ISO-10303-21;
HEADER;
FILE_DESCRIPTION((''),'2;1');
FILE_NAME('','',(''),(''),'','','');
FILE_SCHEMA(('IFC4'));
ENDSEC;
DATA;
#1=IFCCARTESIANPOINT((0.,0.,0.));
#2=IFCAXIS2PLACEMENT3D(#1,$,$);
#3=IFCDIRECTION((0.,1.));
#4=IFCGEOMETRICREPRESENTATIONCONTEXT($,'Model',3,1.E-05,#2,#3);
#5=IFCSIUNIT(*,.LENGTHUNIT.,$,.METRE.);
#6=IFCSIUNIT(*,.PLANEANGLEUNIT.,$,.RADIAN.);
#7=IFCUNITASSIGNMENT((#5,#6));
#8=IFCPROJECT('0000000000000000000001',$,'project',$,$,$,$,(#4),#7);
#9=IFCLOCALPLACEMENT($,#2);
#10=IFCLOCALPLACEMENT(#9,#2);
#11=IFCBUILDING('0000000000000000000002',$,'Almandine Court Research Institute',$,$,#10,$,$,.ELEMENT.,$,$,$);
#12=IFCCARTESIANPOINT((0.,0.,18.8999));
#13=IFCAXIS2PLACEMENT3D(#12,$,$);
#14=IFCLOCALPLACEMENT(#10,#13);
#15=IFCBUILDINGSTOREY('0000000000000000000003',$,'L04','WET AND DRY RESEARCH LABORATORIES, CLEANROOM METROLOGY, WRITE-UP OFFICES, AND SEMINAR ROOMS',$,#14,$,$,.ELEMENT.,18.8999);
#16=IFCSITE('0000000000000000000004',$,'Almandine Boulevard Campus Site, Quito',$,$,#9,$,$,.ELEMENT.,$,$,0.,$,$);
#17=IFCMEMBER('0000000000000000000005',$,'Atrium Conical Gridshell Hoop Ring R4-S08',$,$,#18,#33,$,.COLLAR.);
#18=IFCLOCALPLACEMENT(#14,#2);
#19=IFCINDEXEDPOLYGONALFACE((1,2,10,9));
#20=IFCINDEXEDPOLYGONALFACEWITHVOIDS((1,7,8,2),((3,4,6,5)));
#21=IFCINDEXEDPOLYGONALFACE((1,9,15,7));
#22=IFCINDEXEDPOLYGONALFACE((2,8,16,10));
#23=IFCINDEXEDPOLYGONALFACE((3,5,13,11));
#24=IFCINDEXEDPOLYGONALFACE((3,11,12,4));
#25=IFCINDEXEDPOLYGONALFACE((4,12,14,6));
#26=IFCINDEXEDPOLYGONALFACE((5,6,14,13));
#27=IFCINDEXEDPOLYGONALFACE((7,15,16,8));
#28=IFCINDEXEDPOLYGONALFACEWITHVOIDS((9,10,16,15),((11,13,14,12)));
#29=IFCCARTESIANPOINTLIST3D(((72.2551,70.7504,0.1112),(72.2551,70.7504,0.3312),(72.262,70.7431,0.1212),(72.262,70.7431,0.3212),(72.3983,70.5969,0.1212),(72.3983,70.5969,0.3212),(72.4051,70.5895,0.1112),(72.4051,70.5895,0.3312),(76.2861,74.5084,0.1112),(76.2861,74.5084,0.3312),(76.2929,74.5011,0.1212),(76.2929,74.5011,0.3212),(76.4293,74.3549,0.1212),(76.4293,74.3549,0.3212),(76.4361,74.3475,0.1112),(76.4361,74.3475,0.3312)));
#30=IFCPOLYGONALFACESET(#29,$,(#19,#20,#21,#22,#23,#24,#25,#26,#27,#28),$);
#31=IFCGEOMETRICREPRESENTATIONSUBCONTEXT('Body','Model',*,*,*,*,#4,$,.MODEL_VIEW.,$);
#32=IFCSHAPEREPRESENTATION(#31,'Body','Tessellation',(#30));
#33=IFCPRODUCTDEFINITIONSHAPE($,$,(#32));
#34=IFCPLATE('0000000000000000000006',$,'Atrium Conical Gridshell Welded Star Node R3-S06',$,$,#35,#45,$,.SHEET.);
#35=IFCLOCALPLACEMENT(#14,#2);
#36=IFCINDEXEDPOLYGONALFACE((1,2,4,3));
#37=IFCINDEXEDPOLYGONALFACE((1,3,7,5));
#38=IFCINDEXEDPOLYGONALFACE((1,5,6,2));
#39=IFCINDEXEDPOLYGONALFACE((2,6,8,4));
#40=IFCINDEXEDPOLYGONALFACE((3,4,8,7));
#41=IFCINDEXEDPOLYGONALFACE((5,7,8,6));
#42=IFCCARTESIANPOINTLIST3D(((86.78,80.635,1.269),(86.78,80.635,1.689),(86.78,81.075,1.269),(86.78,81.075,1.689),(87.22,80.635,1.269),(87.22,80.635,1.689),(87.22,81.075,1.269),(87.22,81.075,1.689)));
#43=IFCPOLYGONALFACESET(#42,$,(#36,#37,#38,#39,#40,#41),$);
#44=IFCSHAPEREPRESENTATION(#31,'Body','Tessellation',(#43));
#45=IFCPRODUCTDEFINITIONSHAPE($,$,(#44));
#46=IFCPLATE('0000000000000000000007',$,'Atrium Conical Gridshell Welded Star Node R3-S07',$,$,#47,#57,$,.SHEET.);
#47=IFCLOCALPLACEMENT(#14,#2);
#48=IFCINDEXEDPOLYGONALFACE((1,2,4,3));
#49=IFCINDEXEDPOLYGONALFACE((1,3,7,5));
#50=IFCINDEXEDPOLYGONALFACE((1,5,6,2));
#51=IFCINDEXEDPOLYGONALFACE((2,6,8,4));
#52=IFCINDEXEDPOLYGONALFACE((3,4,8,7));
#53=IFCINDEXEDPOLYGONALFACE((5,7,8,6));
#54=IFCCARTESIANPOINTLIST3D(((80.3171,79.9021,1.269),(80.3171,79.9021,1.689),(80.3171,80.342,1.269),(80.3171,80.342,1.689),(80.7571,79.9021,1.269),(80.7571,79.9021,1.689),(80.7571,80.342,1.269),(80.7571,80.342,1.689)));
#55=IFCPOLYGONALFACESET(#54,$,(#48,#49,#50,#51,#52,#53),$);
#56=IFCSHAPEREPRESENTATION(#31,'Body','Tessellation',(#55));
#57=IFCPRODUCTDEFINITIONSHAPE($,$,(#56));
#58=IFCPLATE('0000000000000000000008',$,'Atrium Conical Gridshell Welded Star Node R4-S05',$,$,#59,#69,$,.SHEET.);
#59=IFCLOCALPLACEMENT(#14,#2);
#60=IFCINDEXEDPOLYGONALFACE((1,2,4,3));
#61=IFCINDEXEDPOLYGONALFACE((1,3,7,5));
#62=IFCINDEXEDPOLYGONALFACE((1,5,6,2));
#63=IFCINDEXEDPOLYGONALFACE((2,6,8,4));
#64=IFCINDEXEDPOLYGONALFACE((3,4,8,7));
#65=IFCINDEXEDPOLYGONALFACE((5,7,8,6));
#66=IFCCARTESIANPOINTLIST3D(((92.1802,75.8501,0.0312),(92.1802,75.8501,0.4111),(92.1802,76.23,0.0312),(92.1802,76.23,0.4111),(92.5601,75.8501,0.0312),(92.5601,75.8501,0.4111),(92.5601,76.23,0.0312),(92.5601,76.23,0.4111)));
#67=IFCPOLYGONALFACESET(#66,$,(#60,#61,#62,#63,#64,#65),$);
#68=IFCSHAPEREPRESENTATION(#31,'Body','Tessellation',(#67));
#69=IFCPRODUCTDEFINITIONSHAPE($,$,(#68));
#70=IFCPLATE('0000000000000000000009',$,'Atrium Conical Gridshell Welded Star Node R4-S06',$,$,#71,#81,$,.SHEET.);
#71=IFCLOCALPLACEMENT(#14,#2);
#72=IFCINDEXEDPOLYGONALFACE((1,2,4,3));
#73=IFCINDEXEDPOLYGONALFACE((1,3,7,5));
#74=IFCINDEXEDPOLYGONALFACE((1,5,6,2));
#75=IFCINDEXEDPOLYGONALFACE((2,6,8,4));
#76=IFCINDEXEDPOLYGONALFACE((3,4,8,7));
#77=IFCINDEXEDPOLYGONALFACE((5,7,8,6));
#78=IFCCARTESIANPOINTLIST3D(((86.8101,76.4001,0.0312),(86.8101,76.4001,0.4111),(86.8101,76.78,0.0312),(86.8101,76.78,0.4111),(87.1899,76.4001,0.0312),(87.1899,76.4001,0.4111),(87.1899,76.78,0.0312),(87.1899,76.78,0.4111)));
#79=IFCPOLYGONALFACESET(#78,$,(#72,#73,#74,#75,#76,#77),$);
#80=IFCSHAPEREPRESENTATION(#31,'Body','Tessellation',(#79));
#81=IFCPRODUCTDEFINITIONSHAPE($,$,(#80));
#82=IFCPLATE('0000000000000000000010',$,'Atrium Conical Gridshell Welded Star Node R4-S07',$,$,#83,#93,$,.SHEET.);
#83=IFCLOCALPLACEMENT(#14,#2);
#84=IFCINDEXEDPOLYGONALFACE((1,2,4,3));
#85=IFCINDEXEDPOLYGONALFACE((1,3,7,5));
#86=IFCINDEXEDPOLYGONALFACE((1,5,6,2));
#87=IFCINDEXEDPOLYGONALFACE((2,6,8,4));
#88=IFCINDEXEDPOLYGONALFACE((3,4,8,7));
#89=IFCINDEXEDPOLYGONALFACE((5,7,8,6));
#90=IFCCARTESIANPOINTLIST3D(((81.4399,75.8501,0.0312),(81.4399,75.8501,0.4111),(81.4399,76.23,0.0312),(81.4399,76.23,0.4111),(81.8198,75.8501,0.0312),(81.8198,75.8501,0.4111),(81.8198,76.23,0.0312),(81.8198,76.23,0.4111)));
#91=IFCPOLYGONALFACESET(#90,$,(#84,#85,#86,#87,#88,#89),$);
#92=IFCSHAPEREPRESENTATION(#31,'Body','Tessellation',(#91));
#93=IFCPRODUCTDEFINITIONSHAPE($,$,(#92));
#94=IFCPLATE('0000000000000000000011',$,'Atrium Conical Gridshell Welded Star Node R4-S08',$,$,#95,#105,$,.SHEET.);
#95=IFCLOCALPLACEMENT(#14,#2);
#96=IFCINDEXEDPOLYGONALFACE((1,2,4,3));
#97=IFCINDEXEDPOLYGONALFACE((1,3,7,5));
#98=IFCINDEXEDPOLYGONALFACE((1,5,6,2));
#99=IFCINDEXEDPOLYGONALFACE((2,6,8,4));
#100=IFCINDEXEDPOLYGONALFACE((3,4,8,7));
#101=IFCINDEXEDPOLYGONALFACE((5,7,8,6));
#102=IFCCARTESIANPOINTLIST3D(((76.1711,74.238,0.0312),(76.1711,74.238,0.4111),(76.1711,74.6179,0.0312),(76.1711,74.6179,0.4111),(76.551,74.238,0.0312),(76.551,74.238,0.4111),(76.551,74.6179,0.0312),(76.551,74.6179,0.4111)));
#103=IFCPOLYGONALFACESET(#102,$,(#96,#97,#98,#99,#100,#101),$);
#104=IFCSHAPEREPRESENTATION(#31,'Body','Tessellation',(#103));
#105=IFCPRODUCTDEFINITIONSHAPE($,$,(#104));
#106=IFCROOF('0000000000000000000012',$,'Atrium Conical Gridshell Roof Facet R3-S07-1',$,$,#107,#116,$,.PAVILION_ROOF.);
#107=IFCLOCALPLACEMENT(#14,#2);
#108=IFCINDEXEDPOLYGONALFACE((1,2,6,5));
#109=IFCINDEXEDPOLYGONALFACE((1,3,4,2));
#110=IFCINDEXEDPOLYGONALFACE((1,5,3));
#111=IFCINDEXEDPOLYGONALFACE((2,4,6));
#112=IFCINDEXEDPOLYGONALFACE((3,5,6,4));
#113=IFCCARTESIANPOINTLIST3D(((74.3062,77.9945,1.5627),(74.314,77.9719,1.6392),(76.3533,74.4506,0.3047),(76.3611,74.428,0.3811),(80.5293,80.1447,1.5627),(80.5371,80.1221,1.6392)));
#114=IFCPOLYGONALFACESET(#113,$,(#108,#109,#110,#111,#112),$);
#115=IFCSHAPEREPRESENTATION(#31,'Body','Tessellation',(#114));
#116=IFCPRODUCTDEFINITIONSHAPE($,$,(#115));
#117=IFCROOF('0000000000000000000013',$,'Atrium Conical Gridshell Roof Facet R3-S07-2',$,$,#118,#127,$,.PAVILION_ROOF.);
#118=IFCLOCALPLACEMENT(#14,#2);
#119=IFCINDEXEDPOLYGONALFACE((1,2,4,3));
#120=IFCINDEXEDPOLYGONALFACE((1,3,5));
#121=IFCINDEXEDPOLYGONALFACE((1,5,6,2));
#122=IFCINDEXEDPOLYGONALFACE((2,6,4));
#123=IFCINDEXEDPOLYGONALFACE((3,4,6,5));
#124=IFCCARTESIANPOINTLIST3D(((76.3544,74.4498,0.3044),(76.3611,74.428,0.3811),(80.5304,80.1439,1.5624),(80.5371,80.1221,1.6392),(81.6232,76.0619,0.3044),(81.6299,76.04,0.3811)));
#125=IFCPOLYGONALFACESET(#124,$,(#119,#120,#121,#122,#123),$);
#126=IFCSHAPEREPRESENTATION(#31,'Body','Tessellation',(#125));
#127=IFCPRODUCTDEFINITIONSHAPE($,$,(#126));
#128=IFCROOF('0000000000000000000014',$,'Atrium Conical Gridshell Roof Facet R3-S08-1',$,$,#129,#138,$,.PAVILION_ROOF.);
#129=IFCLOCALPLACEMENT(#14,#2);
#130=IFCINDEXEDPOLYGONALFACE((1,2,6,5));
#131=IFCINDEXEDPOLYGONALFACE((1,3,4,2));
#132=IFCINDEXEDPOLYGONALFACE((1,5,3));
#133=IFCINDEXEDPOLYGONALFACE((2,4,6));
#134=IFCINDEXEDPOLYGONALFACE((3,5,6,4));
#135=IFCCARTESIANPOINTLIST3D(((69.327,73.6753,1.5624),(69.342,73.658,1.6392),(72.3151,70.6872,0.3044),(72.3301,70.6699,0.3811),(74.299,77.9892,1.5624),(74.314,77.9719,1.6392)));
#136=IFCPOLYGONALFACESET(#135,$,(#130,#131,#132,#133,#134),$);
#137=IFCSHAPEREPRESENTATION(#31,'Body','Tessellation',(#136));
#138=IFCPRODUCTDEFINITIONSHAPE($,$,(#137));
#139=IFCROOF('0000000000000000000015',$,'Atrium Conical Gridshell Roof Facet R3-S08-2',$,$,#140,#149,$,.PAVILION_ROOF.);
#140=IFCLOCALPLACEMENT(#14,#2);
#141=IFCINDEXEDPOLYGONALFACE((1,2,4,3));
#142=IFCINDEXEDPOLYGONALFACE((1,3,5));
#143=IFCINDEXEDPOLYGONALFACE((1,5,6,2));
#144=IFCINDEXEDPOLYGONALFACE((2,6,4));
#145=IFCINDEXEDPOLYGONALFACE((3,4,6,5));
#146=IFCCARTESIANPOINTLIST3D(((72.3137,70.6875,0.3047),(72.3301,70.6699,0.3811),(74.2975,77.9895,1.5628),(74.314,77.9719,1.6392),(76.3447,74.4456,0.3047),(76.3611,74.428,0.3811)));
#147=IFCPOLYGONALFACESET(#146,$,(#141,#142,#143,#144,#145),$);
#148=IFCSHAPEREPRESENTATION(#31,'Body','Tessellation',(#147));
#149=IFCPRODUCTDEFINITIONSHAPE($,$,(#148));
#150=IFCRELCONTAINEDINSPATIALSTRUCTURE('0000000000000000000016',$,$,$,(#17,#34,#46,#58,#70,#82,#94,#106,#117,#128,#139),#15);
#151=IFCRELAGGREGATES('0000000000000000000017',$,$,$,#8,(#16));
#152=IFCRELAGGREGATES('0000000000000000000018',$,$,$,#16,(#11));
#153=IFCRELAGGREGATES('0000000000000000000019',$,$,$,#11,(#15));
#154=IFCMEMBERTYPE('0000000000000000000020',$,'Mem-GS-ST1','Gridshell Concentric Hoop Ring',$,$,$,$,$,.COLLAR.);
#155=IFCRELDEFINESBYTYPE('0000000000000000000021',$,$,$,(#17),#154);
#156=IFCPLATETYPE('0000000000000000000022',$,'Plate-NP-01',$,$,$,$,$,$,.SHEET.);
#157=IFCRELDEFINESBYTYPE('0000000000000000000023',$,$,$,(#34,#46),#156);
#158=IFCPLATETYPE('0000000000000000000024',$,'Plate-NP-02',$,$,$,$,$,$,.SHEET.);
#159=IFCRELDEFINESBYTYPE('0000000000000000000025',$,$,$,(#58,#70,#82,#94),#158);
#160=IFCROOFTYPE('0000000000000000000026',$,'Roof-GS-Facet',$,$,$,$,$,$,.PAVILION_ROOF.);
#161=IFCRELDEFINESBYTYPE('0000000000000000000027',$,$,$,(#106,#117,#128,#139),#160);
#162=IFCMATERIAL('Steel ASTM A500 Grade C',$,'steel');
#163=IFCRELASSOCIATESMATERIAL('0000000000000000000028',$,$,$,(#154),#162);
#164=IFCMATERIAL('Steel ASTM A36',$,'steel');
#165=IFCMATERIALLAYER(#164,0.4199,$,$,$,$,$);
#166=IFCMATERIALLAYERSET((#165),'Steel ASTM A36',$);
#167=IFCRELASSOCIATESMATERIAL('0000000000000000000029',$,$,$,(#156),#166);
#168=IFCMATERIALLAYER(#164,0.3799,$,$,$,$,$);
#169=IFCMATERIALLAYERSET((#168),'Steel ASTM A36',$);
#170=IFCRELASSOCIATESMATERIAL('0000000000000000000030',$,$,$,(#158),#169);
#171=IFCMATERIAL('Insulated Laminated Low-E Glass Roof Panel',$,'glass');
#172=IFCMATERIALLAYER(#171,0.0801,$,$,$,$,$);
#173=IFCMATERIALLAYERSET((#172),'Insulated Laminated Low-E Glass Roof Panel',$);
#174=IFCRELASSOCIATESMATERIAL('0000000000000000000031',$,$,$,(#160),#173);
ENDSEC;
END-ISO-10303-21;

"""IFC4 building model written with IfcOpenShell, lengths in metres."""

from ifc_helpers import new_model, si_unit, direction, frame, origin, origin_2d, place, context, subcontext, project, spatial, polyline, rectangle, hollow_rectangle, outline, extrude, material, layer, layer_set, material_profile, profile_set, type_object, element, save


model = new_model("IFC4")

# Units and contexts
model_context = context("Model", 3, precision=1e-05, world=origin(), true_north=direction((0.0, 1.0)))
body_context = subcontext(model_context, "Body", "Model", "MODEL_VIEW")
ifc_project = project(units=[si_unit("LENGTHUNIT", "METRE"), si_unit("PLANEANGLEUNIT", "RADIAN")], contexts=[model_context])

# Site, building, storey
site_placement = place(None, origin())
site = spatial("IfcSite", under=ifc_project, at=site_placement, Name="Almandine Boulevard Campus Site, Quito", CompositionType="ELEMENT", RefElevation=0.0)
building_placement = place(site_placement, origin())
building = spatial("IfcBuilding", under=site, at=building_placement, Name="Almandine Court Research Institute", CompositionType="ELEMENT")
storey_placement = place(building_placement, frame((0.0, 0.0, 18.8999)))
storey = spatial("IfcBuildingStorey", under=building, at=storey_placement, Name="L04", Description="WET AND DRY RESEARCH LABORATORIES, CLEANROOM METROLOGY, WRITE-UP OFFICES, AND SEMINAR ROOMS", CompositionType="ELEMENT", Elevation=18.8999)

# Member
ifc_material_1 = material(Name="Steel ASTM A500 Grade C", Category="steel")
ifc_material_profile_1 = material_profile(ifc_material_1, hollow_rectangle(XDim=0.22, YDim=0.22, WallThickness=0.01, at=origin_2d()), Name="HSS 220x220x10")
ifc_profile_set_1 = profile_set([ifc_material_profile_1], Name="Steel ASTM A500 Grade C")
member_type_1 = type_object("IfcMemberType", Name="Mem-GS-ST1", Description="Gridshell Concentric Hoop Ring", PredefinedType="COLLAR", material=ifc_profile_set_1)
member_1_placement = place(storey_placement, frame((76.3611, 74.428, 0.2212), z_axis=(-0.731437, -0.681909, 0.0), x_axis=(0.681909, -0.731437, 0.0)))
element("IfcMember", 1, at=member_1_placement, inside=storey, type_object=member_type_1, Name="Atrium Conical Gridshell Hoop Ring R4-S08", PredefinedType="COLLAR", context=body_context, shape_type="SweptSolid", body=[
    extrude(hollow_rectangle(XDim=0.22, YDim=0.22, WallThickness=0.01, at=origin_2d()), origin(), (0.0, 0.0, 1.0), 5.511),
])

# Plates
ifc_material_2 = material(Name="Steel ASTM A36", Category="steel")
ifc_layer_1 = layer(ifc_material_2, 0.4199)
ifc_layer_set_1 = layer_set([ifc_layer_1], Name="Steel ASTM A36")
plate_type_1 = type_object("IfcPlateType", Name="Plate-NP-01", PredefinedType="SHEET", material=ifc_layer_set_1)
for number, where, z_axis, x_axis, name in (
    (2, (87.0, 80.855, 1.269), (0.0, 0.0, 1.0), (1.0, 0.0, 0.0), "Atrium Conical Gridshell Welded Star Node R3-S06"),
    (3, (80.5371, 80.1221, 1.269), (0.0, 0.0, 1.0), (1.0, 0.0, 0.0), "Atrium Conical Gridshell Welded Star Node R3-S07"),
):
    element("IfcPlate", number, at=place(storey_placement, frame(where, z_axis=z_axis, x_axis=x_axis)), inside=storey, type_object=plate_type_1, Name=name, PredefinedType="SHEET", context=body_context, shape_type="SweptSolid", body=[
        extrude(rectangle(XDim=0.4399, YDim=0.4399, at=origin_2d()), origin(), (0.0, 0.0, 1.0), 0.4199),
    ])
ifc_layer_2 = layer(ifc_material_2, 0.3799)
ifc_layer_set_2 = layer_set([ifc_layer_2], Name="Steel ASTM A36")
plate_type_2 = type_object("IfcPlateType", Name="Plate-NP-02", PredefinedType="SHEET", material=ifc_layer_set_2)
for number, where, z_axis, x_axis, name in (
    (4, (92.3701, 76.04, 0.0312), (0.0, 0.0, 1.0), (1.0, 0.0, 0.0), "Atrium Conical Gridshell Welded Star Node R4-S05"),
    (5, (87.0, 76.5901, 0.0312), (0.0, 0.0, 1.0), (1.0, 0.0, 0.0), "Atrium Conical Gridshell Welded Star Node R4-S06"),
    (6, (81.6299, 76.04, 0.0312), (0.0, 0.0, 1.0), (1.0, 0.0, 0.0), "Atrium Conical Gridshell Welded Star Node R4-S07"),
    (7, (76.3611, 74.428, 0.0312), (0.0, 0.0, 1.0), (1.0, 0.0, 0.0), "Atrium Conical Gridshell Welded Star Node R4-S08"),
):
    element("IfcPlate", number, at=place(storey_placement, frame(where, z_axis=z_axis, x_axis=x_axis)), inside=storey, type_object=plate_type_2, Name=name, PredefinedType="SHEET", context=body_context, shape_type="SweptSolid", body=[
        extrude(rectangle(XDim=0.3799, YDim=0.3799, at=origin_2d()), origin(), (0.0, 0.0, 1.0), 0.3799),
    ])

# Roofs
ifc_material_3 = material(Name="Insulated Laminated Low-E Glass Roof Panel", Category="glass")
ifc_layer_3 = layer(ifc_material_3, 0.0801)
ifc_layer_set_3 = layer_set([ifc_layer_3], Name="Insulated Laminated Low-E Glass Roof Panel")
roof_type = type_object("IfcRoofType", Name="Roof-GS-Facet", PredefinedType="PAVILION_ROOF", material=ifc_layer_set_3)
roof_1_placement = place(storey_placement, frame((80.5371, 80.1221, 1.6392), z_axis=(0.097574, -0.282409, 0.954319), x_axis=(-0.945175, -0.326565, 0.0)))
element("IfcRoof", 8, at=roof_1_placement, inside=storey, type_object=roof_type, Name="Atrium Conical Gridshell Roof Facet R3-S07-1", PredefinedType="PAVILION_ROOF", context=body_context, shape_type="SweptSolid", body=[
    extrude(outline(polyline([(0.0, 0.0), (6.5841, 0.0), (5.8066, 4.2105), (0.0, 0.0)])), origin(), (0.0, 0.0, -1.0), 0.0801),
])
roof_2_placement = place(storey_placement, frame((80.5371, 80.1221, 1.6392), z_axis=(0.08353, -0.273005, 0.958379), x_axis=(-0.582228, -0.79388, -0.1754)))
element("IfcRoof", 9, at=roof_2_placement, inside=storey, type_object=roof_type, Name="Atrium Conical Gridshell Roof Facet R3-S07-2", PredefinedType="PAVILION_ROOF", context=body_context, shape_type="SweptSolid", body=[
    extrude(outline(polyline([(0.0, 0.0), (7.1725, 0.0), (2.8251, 3.3851), (0.0, 0.0)])), origin(), (0.0, 0.0, -1.0), 0.0801),
])
roof_3_placement = place(storey_placement, frame((74.314, 77.9719, 1.6392), z_axis=(0.187429, -0.216016, 0.958231), x_axis=(-0.755316, -0.655361, 0.0)))
element("IfcRoof", 10, at=roof_3_placement, inside=storey, type_object=roof_type, Name="Atrium Conical Gridshell Roof Facet R3-S08-1", PredefinedType="PAVILION_ROOF", context=body_context, shape_type="SweptSolid", body=[
    extrude(outline(polyline([(0.0, 0.0), (6.5826, 0.0), (6.2839, 4.3989), (0.0, 0.0)])), origin(), (0.0, 0.0, -1.0), 0.0801),
])
roof_4_placement = place(storey_placement, frame((74.314, 77.9719, 1.6392), z_axis=(0.205144, -0.220044, 0.953675), x_axis=(-0.258636, -0.95195, -0.164011)))
element("IfcRoof", 11, at=roof_4_placement, inside=storey, type_object=roof_type, Name="Atrium Conical Gridshell Roof Facet R3-S08-2", PredefinedType="PAVILION_ROOF", context=body_context, shape_type="SweptSolid", body=[
    extrude(outline(polyline([(0.0, 0.0), (7.6706, 0.0), (3.0505, 3.0045), (0.0, 0.0)])), origin(), (0.0, 0.0, -1.0), 0.0801),
])

save(model, "model.ifc")
